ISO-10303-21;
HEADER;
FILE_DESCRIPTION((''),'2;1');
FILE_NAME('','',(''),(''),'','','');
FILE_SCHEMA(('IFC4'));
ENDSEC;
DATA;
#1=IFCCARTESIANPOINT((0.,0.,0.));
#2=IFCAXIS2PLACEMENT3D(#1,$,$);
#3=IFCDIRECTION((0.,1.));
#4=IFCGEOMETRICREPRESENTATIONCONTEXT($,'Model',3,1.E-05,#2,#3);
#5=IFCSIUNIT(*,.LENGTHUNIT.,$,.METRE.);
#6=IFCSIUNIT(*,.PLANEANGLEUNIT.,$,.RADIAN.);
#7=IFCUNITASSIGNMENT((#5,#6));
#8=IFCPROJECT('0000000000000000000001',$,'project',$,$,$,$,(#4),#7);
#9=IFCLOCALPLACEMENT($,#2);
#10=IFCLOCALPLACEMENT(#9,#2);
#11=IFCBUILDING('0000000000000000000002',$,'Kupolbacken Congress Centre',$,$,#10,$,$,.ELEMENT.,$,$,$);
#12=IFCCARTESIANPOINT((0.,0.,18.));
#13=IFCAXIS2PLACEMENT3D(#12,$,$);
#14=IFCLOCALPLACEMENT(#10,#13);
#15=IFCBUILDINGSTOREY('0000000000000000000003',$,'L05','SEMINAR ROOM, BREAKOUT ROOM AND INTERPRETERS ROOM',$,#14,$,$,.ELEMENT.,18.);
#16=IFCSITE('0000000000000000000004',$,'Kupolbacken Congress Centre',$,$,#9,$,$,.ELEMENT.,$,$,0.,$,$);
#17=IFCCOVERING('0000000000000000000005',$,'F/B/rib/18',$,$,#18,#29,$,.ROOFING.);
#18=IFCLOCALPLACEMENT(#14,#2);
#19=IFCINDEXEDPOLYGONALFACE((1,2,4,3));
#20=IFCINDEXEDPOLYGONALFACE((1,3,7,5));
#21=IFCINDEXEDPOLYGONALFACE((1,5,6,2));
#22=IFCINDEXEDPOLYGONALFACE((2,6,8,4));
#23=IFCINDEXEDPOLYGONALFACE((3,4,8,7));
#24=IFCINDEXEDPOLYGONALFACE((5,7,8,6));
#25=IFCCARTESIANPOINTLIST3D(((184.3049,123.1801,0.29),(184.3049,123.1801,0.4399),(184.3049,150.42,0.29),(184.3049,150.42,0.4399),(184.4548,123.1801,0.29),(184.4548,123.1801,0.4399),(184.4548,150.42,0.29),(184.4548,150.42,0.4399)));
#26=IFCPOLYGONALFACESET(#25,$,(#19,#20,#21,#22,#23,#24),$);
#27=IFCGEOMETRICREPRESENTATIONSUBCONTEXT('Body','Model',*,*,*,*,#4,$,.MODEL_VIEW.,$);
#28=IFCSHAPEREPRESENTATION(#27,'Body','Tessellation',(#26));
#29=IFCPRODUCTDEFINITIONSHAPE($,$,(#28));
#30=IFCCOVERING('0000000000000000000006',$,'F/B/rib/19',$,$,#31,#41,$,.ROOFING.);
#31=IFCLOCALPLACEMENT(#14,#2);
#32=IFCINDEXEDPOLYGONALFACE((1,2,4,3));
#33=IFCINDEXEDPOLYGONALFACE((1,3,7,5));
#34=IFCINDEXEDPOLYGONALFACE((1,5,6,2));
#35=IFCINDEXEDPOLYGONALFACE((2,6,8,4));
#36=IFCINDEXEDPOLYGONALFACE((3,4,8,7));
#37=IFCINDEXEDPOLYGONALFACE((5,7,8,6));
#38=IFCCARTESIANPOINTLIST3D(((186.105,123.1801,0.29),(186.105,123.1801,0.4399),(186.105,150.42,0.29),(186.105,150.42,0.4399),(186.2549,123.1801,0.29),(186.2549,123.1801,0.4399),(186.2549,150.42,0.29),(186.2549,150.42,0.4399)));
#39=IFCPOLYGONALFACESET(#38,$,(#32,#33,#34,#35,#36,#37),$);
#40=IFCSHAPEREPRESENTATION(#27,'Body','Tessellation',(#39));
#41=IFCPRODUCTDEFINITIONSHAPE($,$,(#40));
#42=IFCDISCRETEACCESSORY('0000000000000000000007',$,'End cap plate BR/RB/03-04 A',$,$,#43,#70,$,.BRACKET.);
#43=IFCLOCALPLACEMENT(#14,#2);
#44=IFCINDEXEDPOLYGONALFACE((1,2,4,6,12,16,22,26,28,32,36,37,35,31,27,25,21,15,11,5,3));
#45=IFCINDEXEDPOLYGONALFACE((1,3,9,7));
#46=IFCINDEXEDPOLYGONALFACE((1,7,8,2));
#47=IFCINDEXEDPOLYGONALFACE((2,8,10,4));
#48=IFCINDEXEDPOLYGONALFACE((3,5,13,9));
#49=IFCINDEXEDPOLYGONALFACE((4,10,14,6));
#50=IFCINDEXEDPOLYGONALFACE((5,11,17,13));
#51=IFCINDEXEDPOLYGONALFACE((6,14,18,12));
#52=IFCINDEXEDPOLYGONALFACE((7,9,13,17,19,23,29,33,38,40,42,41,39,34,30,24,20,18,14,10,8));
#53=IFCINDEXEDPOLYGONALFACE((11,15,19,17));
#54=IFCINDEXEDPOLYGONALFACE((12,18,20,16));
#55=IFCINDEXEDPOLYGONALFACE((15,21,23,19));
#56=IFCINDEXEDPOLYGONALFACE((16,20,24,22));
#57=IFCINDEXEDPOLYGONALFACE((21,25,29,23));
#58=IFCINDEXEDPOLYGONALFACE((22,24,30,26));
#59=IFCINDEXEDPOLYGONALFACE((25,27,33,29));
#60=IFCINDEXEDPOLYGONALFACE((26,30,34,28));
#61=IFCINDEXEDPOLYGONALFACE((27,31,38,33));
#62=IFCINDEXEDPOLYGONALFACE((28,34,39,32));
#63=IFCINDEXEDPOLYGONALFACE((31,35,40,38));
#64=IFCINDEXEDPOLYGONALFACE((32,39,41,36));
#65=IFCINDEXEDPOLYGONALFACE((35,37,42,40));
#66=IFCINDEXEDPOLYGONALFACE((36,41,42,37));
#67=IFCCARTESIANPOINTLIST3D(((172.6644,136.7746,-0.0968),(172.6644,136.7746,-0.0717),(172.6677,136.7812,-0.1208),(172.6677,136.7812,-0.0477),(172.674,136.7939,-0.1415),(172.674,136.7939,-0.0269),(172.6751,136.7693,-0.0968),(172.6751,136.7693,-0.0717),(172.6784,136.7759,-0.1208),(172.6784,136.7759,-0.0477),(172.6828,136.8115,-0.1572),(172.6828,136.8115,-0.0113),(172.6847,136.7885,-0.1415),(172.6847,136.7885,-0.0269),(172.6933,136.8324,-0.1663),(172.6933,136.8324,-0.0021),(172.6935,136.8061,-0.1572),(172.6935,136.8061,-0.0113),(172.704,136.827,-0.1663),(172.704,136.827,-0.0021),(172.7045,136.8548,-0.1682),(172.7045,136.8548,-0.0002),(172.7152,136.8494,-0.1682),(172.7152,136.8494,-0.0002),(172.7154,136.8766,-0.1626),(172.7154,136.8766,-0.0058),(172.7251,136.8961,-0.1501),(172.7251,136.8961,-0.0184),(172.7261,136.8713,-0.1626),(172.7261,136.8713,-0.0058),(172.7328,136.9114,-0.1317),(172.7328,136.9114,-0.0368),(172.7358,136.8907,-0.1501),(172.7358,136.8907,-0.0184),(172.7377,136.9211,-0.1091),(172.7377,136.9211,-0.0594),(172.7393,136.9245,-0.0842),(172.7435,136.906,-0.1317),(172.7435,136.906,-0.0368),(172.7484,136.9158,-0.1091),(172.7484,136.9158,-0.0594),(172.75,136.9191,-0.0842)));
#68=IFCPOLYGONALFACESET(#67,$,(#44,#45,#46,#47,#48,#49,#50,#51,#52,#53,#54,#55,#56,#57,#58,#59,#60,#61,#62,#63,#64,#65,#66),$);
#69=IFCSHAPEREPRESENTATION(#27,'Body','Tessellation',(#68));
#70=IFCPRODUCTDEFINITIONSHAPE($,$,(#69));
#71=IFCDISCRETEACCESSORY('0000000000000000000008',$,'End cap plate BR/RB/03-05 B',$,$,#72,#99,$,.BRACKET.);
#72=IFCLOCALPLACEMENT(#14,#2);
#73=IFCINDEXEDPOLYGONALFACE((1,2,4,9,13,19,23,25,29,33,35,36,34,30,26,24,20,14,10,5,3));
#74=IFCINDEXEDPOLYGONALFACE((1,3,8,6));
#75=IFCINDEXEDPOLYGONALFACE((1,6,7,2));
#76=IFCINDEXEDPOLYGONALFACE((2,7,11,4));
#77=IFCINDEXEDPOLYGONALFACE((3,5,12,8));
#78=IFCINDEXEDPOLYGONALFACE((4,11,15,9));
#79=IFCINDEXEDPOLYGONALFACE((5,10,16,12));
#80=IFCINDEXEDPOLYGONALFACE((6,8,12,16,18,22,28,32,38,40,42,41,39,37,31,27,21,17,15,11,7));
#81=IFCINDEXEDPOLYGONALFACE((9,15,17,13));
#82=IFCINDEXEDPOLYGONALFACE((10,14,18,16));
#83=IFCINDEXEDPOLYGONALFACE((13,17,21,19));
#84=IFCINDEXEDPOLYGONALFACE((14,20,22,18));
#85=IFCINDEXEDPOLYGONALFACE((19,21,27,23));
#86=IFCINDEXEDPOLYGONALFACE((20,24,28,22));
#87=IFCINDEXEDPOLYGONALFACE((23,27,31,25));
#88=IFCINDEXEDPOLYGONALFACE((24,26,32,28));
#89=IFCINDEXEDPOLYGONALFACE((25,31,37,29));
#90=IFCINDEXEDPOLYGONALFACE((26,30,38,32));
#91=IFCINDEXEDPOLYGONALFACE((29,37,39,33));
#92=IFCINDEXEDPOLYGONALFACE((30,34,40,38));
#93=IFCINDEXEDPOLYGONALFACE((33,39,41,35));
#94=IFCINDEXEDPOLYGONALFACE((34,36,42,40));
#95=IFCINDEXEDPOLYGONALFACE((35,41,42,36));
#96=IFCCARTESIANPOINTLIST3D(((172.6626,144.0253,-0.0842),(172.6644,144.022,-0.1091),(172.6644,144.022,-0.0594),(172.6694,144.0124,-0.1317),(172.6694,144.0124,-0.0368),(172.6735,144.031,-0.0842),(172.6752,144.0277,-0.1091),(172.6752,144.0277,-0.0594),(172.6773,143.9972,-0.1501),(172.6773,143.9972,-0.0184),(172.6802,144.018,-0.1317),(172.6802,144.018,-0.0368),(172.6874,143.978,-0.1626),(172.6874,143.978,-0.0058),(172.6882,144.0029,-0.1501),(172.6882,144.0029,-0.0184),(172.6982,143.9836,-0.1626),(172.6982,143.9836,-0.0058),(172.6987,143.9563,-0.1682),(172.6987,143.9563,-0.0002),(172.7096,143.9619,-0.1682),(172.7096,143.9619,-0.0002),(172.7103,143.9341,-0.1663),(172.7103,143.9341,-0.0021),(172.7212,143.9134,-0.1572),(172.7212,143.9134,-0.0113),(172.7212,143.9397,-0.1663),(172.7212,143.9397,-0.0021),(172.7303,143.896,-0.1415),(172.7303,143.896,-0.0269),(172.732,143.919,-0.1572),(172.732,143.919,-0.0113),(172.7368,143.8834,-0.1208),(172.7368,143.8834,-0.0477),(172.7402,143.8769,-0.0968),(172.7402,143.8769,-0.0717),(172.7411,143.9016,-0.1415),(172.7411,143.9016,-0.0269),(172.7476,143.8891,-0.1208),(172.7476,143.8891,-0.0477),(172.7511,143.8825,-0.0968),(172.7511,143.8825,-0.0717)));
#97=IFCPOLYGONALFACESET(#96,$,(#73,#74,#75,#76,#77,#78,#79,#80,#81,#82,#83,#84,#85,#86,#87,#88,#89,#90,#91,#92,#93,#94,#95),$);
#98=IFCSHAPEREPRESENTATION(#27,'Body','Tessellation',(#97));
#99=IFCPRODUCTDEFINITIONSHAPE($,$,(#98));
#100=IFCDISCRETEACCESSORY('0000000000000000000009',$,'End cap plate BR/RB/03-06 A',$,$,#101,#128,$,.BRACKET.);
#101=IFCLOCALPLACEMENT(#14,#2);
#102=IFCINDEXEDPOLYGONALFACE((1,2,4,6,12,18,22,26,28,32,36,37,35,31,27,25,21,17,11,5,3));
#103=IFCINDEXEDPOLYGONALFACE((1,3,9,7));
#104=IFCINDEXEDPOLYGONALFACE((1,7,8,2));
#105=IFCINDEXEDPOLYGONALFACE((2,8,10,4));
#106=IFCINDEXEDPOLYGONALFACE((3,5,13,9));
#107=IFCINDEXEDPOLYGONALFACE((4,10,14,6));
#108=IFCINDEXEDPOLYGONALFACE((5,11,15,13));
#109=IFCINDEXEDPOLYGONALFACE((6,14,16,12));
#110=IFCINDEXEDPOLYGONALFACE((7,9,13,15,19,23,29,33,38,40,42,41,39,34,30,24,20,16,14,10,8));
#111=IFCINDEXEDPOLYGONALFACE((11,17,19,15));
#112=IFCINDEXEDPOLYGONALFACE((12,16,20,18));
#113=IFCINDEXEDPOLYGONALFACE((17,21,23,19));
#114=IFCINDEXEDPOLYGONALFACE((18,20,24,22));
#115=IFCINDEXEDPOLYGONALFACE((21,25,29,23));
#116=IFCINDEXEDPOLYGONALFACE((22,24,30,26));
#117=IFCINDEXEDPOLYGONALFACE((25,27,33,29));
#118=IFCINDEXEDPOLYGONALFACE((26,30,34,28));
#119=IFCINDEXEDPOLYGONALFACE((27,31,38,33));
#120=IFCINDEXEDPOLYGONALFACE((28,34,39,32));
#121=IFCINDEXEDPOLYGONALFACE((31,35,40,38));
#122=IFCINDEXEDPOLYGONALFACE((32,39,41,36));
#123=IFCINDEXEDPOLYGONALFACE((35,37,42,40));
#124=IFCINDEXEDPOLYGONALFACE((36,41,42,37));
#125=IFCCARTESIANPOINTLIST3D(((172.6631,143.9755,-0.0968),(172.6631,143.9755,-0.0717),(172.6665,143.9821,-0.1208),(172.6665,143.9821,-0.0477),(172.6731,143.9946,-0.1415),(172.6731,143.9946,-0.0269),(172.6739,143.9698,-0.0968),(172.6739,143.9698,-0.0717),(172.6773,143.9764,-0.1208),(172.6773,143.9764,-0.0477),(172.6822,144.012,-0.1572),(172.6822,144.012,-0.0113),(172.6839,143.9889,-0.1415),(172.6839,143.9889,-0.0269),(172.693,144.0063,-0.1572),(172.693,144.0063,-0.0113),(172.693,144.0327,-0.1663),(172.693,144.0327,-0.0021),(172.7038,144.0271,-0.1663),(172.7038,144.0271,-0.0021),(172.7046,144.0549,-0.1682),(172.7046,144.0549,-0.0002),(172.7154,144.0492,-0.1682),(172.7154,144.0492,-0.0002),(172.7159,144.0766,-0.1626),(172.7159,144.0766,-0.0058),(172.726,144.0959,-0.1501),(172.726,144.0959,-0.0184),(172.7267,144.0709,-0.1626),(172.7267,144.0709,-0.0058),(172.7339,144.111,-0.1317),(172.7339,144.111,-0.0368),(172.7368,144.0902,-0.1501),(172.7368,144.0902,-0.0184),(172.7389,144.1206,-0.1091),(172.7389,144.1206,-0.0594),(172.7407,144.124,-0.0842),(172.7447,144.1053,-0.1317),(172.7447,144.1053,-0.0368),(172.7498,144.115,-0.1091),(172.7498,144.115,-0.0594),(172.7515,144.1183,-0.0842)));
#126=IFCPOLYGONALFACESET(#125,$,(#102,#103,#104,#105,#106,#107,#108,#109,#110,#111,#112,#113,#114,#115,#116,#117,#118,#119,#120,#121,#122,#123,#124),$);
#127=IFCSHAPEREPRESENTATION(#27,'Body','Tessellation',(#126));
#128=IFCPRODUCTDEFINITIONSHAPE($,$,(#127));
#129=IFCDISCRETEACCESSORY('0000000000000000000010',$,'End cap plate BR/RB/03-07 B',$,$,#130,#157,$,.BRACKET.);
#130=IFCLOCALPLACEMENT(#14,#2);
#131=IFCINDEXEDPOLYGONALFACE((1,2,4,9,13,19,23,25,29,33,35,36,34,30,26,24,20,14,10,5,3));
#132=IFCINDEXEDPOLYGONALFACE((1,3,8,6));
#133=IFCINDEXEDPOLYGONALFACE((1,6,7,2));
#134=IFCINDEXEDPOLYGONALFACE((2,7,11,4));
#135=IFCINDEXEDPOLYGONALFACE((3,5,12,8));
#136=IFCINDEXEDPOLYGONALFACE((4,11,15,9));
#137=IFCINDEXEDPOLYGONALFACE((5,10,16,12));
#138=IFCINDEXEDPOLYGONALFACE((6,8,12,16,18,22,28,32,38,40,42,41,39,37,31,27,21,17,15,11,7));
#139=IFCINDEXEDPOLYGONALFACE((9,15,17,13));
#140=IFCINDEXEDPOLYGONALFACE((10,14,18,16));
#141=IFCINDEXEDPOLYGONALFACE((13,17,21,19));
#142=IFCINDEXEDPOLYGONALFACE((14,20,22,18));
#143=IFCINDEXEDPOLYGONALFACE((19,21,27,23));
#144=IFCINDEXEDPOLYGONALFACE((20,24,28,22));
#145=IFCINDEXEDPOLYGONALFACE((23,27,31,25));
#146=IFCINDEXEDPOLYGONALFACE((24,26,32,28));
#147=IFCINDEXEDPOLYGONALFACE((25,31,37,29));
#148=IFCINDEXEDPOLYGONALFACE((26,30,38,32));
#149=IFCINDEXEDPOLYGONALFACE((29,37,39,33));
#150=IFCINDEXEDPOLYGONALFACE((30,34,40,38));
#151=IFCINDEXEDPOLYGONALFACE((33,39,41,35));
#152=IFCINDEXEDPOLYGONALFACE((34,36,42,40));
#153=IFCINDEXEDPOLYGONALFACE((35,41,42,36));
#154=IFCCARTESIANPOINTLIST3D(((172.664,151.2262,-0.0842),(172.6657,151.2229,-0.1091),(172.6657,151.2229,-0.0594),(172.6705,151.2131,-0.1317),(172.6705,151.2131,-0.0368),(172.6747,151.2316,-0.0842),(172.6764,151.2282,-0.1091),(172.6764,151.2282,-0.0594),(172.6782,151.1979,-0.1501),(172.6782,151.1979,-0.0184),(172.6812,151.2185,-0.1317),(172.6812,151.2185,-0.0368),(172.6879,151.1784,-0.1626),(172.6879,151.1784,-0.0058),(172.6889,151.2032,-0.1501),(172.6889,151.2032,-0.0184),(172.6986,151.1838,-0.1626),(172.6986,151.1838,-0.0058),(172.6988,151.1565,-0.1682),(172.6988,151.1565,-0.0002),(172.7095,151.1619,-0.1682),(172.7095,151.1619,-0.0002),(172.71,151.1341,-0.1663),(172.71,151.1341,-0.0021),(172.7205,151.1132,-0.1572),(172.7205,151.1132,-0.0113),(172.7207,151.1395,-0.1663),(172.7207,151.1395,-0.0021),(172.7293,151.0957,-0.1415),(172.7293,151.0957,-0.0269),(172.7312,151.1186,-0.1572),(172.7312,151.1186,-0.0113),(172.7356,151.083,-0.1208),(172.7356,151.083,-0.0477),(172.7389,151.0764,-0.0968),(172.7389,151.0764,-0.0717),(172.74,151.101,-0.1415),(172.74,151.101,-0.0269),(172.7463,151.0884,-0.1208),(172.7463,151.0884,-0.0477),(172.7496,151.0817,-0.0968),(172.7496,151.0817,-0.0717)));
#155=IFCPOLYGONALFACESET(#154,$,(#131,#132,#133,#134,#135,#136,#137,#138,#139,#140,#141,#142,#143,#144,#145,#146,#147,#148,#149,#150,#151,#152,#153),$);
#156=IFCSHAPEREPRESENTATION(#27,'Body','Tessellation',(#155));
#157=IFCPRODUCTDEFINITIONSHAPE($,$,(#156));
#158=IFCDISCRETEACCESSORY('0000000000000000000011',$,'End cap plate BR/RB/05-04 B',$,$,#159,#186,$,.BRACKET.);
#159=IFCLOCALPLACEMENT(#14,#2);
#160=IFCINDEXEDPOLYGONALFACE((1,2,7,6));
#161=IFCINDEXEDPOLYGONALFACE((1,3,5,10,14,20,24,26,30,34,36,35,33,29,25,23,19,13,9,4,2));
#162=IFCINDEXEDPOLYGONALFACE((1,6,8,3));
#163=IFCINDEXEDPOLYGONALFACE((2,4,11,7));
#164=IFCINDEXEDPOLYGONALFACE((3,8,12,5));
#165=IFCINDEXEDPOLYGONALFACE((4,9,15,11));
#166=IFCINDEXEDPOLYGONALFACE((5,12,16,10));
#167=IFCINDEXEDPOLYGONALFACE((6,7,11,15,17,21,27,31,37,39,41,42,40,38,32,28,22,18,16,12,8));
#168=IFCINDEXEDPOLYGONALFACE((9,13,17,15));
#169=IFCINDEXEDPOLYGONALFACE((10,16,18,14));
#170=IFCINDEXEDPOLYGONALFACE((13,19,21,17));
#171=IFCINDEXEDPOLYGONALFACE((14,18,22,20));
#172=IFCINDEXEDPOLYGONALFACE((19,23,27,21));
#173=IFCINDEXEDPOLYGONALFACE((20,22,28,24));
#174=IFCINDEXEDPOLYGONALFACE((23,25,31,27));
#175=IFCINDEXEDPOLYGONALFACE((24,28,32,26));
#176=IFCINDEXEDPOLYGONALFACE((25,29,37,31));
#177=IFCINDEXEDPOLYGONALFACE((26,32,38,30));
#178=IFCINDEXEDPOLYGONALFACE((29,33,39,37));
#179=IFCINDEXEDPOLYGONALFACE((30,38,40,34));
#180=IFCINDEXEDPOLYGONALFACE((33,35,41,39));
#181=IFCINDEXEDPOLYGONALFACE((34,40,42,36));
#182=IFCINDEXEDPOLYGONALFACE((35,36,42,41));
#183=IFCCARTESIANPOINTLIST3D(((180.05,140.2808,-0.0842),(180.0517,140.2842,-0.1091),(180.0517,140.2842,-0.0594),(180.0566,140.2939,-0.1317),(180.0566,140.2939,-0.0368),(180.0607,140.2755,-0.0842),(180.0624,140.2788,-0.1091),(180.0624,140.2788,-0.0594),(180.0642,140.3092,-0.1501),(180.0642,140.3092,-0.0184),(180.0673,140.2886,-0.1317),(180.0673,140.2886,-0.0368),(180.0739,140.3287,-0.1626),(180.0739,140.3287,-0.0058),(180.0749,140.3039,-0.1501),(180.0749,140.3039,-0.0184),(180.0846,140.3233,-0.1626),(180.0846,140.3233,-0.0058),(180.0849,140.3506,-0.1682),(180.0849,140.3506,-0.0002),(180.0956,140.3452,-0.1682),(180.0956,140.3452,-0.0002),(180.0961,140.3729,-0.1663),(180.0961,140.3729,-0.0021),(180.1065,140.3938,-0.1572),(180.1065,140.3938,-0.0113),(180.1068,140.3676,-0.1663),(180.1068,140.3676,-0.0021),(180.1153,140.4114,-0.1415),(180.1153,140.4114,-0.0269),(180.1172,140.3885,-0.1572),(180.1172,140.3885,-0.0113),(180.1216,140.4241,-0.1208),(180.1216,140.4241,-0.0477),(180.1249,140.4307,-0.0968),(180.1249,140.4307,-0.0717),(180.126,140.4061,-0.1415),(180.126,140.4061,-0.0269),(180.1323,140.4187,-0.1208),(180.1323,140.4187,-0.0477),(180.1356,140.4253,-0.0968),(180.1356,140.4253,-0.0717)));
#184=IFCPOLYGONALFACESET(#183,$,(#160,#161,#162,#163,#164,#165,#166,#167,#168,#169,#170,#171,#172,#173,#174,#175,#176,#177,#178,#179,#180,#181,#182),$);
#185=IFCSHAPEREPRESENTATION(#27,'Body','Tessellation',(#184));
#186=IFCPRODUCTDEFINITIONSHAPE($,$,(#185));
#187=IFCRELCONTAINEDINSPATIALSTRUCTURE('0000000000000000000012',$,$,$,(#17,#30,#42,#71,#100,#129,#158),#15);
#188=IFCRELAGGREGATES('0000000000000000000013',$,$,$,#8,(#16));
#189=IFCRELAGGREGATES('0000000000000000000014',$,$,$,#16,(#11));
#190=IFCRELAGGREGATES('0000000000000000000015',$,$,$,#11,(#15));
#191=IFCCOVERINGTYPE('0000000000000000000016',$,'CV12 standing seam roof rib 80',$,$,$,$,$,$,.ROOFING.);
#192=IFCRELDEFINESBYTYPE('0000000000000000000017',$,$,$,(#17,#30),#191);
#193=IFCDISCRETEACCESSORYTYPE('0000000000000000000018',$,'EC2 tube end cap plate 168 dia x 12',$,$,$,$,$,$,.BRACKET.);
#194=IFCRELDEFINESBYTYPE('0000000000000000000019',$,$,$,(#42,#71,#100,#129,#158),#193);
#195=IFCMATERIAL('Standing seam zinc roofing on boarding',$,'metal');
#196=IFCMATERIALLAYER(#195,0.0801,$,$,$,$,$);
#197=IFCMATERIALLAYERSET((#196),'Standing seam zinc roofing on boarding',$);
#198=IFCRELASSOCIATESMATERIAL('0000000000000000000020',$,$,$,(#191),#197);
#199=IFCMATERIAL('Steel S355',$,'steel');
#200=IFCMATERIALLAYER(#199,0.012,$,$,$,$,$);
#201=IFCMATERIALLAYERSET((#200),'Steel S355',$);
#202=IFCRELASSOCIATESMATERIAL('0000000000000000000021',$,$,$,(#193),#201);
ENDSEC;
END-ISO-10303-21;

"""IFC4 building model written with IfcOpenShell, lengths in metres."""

from ifc_helpers import new_model, si_unit, direction, frame, origin, origin_2d, place, context, subcontext, project, spatial, rectangle, circle, extrude, material, layer, layer_set, type_object, element, save


model = new_model("IFC4")

# Units and contexts
model_context = context("Model", 3, precision=1e-05, world=origin(), true_north=direction((0.0, 1.0)))
body_context = subcontext(model_context, "Body", "Model", "MODEL_VIEW")
ifc_project = project(units=[si_unit("LENGTHUNIT", "METRE"), si_unit("PLANEANGLEUNIT", "RADIAN")], contexts=[model_context])

# Site, building, storey
site_placement = place(None, origin())
site = spatial("IfcSite", under=ifc_project, at=site_placement, Name="Kupolbacken Congress Centre", CompositionType="ELEMENT", RefElevation=0.0)
building_placement = place(site_placement, origin())
building = spatial("IfcBuilding", under=site, at=building_placement, Name="Kupolbacken Congress Centre", CompositionType="ELEMENT")
storey_placement = place(building_placement, frame((0.0, 0.0, 18.0)))
storey = spatial("IfcBuildingStorey", under=building, at=storey_placement, Name="L05", Description="SEMINAR ROOM, BREAKOUT ROOM AND INTERPRETERS ROOM", CompositionType="ELEMENT", Elevation=18.0)

# Coverings
ifc_material_1 = material(Name="Standing seam zinc roofing on boarding", Category="metal")
ifc_layer_1 = layer(ifc_material_1, 0.0801)
ifc_layer_set_1 = layer_set([ifc_layer_1], Name="Standing seam zinc roofing on boarding")
covering_type = type_object("IfcCoveringType", Name="CV12 standing seam roof rib 80", PredefinedType="ROOFING", material=ifc_layer_set_1)
for number, where, z_axis, x_axis, name in (
    (1, (184.3799, 136.8, 0.29), (0.0, 0.0, 1.0), (0.0, 1.0, 0.0), "F/B/rib/18"),
    (2, (186.1799, 136.8, 0.29), (0.0, 0.0, 1.0), (0.0, 1.0, 0.0), "F/B/rib/19"),
):
    element("IfcCovering", number, at=place(storey_placement, frame(where, z_axis=z_axis, x_axis=x_axis)), inside=storey, type_object=covering_type, Name=name, PredefinedType="ROOFING", context=body_context, shape_type="SweptSolid", body=[
        extrude(rectangle(XDim=27.24, YDim=0.1499, at=origin_2d()), origin(), (0.0, 0.0, 1.0), 0.1499),
    ])

# Discrete accessories
ifc_material_2 = material(Name="Steel S355", Category="steel")
ifc_layer_2 = layer(ifc_material_2, 0.012)
ifc_layer_set_2 = layer_set([ifc_layer_2], Name="Steel S355")
discrete_accessory_type = type_object("IfcDiscreteAccessoryType", Name="EC2 tube end cap plate 168 dia x 12", PredefinedType="BRACKET", material=ifc_layer_set_2)
discrete_accessory_placement = place(storey_placement, frame((172.7017, 136.8491, -0.0842), z_axis=(0.894427, -0.447214, 0.0), x_axis=(0.447214, 0.894427, 0.0)))
element("IfcDiscreteAccessory", 3, at=discrete_accessory_placement, inside=storey, type_object=discrete_accessory_type, Name="End cap plate BR/RB/03-04 A", PredefinedType="BRACKET", context=body_context, shape_type="SweptSolid", body=[
    extrude(circle(Radius=0.0842, at=origin_2d()), origin(), (0.0, 0.0, 1.0), 0.012),
])
for number, where, z_axis, x_axis, name in (
    (4, (172.7017, 143.9507, -0.0842), (0.886225, 0.463254, 0.0), (-0.463254, 0.886225, 0.0), "End cap plate BR/RB/03-05 B"),
    (5, (172.7017, 144.0493, -0.0842), (0.886225, -0.463254, 0.0), (0.463254, 0.886225, 0.0), "End cap plate BR/RB/03-06 A"),
):
    element("IfcDiscreteAccessory", number, at=place(storey_placement, frame(where, z_axis=z_axis, x_axis=x_axis)), inside=storey, type_object=discrete_accessory_type, Name=name, PredefinedType="BRACKET", context=body_context, shape_type="SweptSolid", body=[
        extrude(circle(Radius=0.0842, at=origin_2d()), origin(), (0.0, 0.0, 1.0), 0.0122),
    ])
for number, where, z_axis, x_axis, name in (
    (6, (172.7017, 151.1509, -0.0842), (0.894427, 0.447214, 0.0), (-0.447214, 0.894427, 0.0), "End cap plate BR/RB/03-07 B"),
    (7, (180.0984, 140.3508, -0.0842), (-0.894427, 0.447214, 0.0), (-0.447214, -0.894427, 0.0), "End cap plate BR/RB/05-04 B"),
):
    element("IfcDiscreteAccessory", number, at=place(storey_placement, frame(where, z_axis=z_axis, x_axis=x_axis)), inside=storey, type_object=discrete_accessory_type, Name=name, PredefinedType="BRACKET", context=body_context, shape_type="SweptSolid", body=[
        extrude(circle(Radius=0.0842, at=origin_2d()), origin(), (0.0, 0.0, 1.0), 0.012),
    ])

save(model, "model.ifc")
